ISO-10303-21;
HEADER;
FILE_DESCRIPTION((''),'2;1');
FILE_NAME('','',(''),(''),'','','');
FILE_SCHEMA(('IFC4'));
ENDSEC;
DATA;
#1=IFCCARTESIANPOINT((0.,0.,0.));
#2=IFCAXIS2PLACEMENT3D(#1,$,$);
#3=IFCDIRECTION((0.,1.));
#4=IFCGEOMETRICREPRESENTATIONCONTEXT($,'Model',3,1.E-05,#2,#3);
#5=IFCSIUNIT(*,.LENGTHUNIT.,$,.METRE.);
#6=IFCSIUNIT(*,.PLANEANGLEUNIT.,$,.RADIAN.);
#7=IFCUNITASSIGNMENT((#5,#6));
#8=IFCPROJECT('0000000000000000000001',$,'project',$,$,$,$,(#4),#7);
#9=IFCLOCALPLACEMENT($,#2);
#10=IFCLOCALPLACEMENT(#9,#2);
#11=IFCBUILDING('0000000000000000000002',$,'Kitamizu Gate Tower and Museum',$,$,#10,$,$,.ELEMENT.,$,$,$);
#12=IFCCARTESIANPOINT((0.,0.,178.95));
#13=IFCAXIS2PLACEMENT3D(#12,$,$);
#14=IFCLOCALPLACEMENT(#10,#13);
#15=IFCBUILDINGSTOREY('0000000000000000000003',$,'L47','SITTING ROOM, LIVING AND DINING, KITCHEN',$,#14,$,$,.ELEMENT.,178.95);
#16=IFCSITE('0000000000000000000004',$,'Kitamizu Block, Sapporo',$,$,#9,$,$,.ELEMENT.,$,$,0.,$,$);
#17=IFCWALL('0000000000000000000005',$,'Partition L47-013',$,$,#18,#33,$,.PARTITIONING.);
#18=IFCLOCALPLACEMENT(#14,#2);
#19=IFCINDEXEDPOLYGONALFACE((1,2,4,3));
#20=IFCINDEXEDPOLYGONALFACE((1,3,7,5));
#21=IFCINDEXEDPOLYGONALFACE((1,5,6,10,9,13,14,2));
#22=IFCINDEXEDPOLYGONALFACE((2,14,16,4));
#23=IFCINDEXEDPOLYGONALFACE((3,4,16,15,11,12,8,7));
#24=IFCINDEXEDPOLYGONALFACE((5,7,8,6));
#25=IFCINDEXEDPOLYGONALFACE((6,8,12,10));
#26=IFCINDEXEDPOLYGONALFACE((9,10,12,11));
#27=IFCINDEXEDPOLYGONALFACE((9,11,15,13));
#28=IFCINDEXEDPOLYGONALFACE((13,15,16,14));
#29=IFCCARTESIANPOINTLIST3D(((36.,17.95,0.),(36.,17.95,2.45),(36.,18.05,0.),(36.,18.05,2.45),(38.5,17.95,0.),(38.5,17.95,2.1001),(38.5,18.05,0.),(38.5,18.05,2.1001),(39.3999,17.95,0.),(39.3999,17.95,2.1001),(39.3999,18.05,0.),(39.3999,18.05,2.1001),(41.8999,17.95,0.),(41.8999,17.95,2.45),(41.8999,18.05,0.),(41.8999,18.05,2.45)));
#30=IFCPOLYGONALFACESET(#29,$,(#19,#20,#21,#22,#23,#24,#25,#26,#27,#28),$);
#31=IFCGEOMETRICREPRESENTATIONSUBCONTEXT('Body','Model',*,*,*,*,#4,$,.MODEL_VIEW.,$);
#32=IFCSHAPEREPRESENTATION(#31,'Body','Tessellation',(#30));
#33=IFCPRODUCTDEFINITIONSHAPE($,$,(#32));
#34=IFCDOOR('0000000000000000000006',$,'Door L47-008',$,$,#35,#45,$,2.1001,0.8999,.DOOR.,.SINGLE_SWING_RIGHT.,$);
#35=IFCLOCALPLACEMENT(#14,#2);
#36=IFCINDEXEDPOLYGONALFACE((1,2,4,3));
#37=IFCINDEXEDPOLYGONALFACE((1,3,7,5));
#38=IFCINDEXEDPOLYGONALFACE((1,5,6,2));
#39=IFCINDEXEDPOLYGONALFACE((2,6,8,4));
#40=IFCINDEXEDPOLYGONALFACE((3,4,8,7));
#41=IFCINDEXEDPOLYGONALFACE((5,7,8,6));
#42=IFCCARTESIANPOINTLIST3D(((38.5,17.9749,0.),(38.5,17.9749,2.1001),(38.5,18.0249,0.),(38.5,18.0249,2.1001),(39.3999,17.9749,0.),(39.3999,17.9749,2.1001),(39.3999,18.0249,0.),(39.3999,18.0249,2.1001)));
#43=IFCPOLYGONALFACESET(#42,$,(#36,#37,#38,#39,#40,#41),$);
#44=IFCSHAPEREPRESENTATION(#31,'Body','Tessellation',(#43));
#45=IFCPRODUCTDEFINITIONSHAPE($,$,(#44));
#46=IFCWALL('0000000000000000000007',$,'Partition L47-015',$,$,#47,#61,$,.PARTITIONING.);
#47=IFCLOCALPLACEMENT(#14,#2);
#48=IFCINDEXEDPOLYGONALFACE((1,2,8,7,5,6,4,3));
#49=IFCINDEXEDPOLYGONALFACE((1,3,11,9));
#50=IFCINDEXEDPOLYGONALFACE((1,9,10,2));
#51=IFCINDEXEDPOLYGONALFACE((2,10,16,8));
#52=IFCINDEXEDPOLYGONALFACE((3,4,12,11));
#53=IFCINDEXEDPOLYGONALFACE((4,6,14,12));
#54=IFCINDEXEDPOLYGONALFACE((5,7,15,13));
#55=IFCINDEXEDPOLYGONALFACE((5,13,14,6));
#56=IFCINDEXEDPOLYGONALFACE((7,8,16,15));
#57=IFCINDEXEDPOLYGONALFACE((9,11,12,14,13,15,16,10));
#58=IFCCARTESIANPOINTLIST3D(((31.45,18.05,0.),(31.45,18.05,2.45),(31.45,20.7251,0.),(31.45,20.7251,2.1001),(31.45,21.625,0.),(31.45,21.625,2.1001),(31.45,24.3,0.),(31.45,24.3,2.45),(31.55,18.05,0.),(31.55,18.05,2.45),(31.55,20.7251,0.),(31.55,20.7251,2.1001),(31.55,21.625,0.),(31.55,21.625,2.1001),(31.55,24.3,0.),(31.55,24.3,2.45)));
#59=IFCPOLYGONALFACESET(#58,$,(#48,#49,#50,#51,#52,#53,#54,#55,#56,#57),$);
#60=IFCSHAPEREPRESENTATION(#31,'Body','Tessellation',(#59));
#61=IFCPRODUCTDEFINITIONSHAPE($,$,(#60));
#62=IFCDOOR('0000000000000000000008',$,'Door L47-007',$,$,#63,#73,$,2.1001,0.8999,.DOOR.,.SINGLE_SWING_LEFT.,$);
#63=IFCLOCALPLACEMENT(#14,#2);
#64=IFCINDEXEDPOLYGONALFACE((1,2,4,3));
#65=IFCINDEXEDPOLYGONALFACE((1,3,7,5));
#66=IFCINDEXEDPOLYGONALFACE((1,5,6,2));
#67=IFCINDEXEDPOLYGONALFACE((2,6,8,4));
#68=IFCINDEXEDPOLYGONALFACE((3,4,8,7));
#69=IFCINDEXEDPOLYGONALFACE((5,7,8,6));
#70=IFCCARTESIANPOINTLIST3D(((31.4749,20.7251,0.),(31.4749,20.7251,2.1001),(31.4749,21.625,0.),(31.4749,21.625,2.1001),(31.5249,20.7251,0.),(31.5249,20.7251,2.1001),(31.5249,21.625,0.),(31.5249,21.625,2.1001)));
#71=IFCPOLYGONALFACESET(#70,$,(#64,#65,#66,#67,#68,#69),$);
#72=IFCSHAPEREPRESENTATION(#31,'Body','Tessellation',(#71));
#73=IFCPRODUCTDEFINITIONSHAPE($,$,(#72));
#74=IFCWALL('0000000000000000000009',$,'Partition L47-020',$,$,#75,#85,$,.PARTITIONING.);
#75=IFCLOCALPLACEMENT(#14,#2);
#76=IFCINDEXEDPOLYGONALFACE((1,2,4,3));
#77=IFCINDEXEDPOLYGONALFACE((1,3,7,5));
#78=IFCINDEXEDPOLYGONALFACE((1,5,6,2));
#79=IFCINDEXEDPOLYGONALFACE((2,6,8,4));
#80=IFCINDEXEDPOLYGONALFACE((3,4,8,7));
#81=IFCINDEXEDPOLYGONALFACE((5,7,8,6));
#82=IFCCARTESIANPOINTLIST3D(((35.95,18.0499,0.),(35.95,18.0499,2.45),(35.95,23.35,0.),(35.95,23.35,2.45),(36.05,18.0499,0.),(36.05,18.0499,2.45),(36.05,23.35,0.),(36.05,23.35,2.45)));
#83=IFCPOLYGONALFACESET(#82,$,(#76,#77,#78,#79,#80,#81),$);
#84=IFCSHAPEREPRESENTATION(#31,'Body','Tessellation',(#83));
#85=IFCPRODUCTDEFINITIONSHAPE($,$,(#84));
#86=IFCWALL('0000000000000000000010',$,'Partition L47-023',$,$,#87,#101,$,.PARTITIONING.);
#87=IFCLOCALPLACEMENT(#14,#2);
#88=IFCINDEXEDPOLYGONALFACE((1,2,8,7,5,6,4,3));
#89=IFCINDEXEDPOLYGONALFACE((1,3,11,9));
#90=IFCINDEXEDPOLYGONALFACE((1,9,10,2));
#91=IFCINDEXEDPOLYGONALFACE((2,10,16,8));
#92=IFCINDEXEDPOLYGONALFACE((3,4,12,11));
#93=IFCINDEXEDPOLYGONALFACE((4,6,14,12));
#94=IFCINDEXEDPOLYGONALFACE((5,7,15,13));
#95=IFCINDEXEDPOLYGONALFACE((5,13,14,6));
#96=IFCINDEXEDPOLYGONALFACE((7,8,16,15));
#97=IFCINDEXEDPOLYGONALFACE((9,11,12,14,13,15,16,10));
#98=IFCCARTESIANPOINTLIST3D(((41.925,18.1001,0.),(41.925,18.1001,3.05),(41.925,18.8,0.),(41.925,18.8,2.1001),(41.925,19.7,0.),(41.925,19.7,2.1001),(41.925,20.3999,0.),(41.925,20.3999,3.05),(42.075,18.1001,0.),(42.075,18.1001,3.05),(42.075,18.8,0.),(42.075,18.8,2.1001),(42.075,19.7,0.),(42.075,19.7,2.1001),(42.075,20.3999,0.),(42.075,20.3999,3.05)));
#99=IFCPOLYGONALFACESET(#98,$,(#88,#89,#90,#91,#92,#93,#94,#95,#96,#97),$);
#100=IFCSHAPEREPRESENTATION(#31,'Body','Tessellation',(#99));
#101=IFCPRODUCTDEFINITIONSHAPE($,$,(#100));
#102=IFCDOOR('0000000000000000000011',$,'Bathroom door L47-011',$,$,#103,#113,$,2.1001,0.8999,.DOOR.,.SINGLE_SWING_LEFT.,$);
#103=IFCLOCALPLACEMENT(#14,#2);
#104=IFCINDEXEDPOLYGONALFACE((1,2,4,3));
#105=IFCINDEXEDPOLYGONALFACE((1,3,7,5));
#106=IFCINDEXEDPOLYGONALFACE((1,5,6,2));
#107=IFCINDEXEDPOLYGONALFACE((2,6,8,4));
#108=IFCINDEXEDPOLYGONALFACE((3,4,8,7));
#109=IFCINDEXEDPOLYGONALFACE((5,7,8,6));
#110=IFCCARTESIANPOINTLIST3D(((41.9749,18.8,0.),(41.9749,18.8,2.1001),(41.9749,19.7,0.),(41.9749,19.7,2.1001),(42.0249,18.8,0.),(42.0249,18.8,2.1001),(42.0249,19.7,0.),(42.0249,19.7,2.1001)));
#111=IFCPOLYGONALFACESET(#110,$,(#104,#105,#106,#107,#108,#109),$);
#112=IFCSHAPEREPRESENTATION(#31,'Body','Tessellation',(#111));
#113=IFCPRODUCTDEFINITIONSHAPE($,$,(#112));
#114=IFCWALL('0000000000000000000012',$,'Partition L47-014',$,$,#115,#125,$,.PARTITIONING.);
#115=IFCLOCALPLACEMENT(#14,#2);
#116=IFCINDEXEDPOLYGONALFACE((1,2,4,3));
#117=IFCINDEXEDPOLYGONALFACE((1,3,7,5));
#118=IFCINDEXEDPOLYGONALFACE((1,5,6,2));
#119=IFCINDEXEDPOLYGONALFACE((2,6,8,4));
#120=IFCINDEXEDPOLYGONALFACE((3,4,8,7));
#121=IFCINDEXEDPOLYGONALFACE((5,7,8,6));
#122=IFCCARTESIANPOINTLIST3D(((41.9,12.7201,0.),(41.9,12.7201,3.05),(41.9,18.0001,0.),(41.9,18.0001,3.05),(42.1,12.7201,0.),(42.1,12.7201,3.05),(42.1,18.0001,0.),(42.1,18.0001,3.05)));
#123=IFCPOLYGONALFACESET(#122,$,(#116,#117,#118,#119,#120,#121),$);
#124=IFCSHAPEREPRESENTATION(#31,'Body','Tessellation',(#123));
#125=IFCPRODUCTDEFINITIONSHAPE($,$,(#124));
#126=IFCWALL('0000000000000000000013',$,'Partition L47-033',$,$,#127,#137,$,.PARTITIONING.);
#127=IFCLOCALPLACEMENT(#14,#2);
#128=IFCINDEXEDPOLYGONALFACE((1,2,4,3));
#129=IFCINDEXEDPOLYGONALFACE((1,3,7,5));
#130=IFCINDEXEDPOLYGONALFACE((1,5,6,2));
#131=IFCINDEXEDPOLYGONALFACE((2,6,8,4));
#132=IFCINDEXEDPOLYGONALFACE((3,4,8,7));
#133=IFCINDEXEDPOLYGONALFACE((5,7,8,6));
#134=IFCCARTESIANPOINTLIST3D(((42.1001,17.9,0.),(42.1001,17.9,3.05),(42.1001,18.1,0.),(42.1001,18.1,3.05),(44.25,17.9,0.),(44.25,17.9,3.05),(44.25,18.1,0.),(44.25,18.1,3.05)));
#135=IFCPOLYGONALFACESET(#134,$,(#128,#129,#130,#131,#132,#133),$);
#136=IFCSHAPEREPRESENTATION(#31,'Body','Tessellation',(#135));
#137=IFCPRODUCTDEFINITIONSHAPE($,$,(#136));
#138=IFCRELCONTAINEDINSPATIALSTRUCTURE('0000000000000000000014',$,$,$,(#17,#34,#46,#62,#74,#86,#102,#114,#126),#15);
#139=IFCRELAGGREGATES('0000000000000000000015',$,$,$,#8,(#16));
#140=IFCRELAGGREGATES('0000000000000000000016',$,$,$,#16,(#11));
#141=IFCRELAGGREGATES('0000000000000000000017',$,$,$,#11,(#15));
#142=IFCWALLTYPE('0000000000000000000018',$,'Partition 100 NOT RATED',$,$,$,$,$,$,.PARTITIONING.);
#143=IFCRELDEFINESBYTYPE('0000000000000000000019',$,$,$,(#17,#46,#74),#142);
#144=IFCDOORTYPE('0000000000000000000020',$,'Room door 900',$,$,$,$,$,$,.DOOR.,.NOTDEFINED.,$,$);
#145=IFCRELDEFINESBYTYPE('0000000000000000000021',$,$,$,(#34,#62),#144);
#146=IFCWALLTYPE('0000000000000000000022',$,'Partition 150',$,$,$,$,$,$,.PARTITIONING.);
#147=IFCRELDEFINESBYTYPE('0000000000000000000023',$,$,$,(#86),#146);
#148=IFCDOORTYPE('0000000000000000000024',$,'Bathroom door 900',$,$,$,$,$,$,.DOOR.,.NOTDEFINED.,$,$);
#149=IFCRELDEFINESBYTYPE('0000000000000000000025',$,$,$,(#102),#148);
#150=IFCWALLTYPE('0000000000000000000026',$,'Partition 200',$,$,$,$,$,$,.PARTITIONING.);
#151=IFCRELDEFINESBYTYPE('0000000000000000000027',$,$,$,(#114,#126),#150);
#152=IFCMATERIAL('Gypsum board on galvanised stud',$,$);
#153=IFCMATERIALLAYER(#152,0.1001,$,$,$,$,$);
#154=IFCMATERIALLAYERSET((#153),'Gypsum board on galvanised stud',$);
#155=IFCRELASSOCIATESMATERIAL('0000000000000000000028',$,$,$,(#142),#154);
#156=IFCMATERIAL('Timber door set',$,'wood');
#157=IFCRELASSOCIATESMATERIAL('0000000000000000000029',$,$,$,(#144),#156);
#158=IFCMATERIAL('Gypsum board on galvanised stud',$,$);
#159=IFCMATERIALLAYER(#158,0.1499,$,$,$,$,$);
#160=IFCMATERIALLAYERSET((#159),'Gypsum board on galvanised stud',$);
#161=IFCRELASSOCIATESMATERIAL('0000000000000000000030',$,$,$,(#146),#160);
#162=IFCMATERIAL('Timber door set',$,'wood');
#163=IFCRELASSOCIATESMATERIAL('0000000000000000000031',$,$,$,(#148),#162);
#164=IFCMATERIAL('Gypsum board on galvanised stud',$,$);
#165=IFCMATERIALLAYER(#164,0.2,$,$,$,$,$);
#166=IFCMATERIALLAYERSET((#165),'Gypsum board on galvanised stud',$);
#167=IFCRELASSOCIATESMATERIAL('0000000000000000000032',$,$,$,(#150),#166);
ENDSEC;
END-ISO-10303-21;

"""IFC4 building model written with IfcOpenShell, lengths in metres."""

from ifc_helpers import new_model, si_unit, direction, frame, frame_2d, origin, place, context, subcontext, project, spatial, rectangle, extrude, material, layer, layer_set, type_object, element, fill, save


model = new_model("IFC4")

# Units and contexts
model_context = context("Model", 3, precision=1e-05, world=origin(), true_north=direction((0.0, 1.0)))
body_context = subcontext(model_context, "Body", "Model", "MODEL_VIEW")
ifc_project = project(units=[si_unit("LENGTHUNIT", "METRE"), si_unit("PLANEANGLEUNIT", "RADIAN")], contexts=[model_context])

# Site, building, storey
site_placement = place(None, origin())
site = spatial("IfcSite", under=ifc_project, at=site_placement, Name="Kitamizu Block, Sapporo", CompositionType="ELEMENT", RefElevation=0.0)
building_placement = place(site_placement, origin())
building = spatial("IfcBuilding", under=site, at=building_placement, Name="Kitamizu Gate Tower and Museum", CompositionType="ELEMENT")
storey_placement = place(building_placement, frame((0.0, 0.0, 178.95)))
storey = spatial("IfcBuildingStorey", under=building, at=storey_placement, Name="L47", Description="SITTING ROOM, LIVING AND DINING, KITCHEN", CompositionType="ELEMENT", Elevation=178.95)

# Shared definitions
ifc_material_1 = material(Name="Gypsum board on galvanised stud")
ifc_layer_1 = layer(ifc_material_1, 0.1001)
ifc_layer_set_1 = layer_set([ifc_layer_1], Name="Gypsum board on galvanised stud")
wall_type_1 = type_object("IfcWallType", Name="Partition 100 NOT RATED", PredefinedType="PARTITIONING", material=ifc_layer_set_1)
ifc_material_2 = material(Name="Timber door set", Category="wood")
door_type_1 = type_object("IfcDoorType", Name="Room door 900", OperationType="NOTDEFINED", PredefinedType="DOOR", material=ifc_material_2)

# Walls, openings, doors
wall_1_placement = place(storey_placement, frame((41.8999, 18.0, 0.0), z_axis=(0.0, 0.0, 1.0), x_axis=(-1.0, 0.0, 0.0)))
wall_1 = element("IfcWall", 1, at=wall_1_placement, inside=storey, type_object=wall_type_1, Name="Partition L47-013", PredefinedType="PARTITIONING", context=body_context, shape_type="SweptSolid", body=[
    extrude(rectangle(XDim=5.8999, YDim=0.1001, at=frame_2d((2.95, 0.0))), origin(), (0.0, 0.0, 1.0), 2.45),
])
opening_1_placement = place(wall_1_placement, frame((2.5, 0.0, 0.0)))
opening_1 = element("IfcOpeningElement", 2, at=opening_1_placement, cuts=wall_1, PredefinedType="OPENING", context=body_context, shape_type="SweptSolid", body=[
    extrude(rectangle(XDim=0.8999, YDim=2.1001, at=frame_2d((0.45, 1.05))), frame((0.0, 0.0601, 0.0), z_axis=(0.0, -1.0, 0.0), x_axis=(1.0, 0.0, 0.0)), (0.0, 0.0, 1.0), 0.1201),
])
door_1_placement = place(opening_1_placement, frame((0.8999, 0.0, 0.0), x_axis=(-1.0, 0.0, 0.0)))
door_1 = element("IfcDoor", 3, at=door_1_placement, inside=storey, type_object=door_type_1, Name="Door L47-008", OperationType="SINGLE_SWING_RIGHT", OverallHeight=2.1001, OverallWidth=0.8999, PredefinedType="DOOR", context=body_context, shape_type="SweptSolid", body=[
    extrude(rectangle(XDim=0.8999, YDim=2.1001, at=frame_2d((0.45, 1.05))), frame((0.0, 0.0249, 0.0), z_axis=(0.0, -1.0, 0.0), x_axis=(1.0, 0.0, 0.0)), (0.0, 0.0, 1.0), 0.05),
])
fill(opening_1, door_1)
wall_2_placement = place(storey_placement, frame((31.5, 18.05, 0.0), z_axis=(0.0, 0.0, 1.0), x_axis=(0.0, 1.0, 0.0)))
wall_2 = element("IfcWall", 4, at=wall_2_placement, inside=storey, type_object=wall_type_1, Name="Partition L47-015", PredefinedType="PARTITIONING", context=body_context, shape_type="SweptSolid", body=[
    extrude(rectangle(XDim=6.25, YDim=0.1001, at=frame_2d((3.125, 0.0))), origin(), (0.0, 0.0, 1.0), 2.45),
])
opening_2_placement = place(wall_2_placement, frame((2.675, 0.0, 0.0)))
opening_2 = element("IfcOpeningElement", 5, at=opening_2_placement, cuts=wall_2, PredefinedType="OPENING", context=body_context, shape_type="SweptSolid", body=[
    extrude(rectangle(XDim=0.8999, YDim=2.1001, at=frame_2d((0.45, 1.05))), frame((0.0, 0.0601, 0.0), z_axis=(0.0, -1.0, 0.0), x_axis=(1.0, 0.0, 0.0)), (0.0, 0.0, 1.0), 0.1201),
])
door_2_placement = place(opening_2_placement, frame((0.8999, 0.0, 0.0), x_axis=(-1.0, 0.0, 0.0)))
door_2 = element("IfcDoor", 6, at=door_2_placement, inside=storey, type_object=door_type_1, Name="Door L47-007", OperationType="SINGLE_SWING_LEFT", OverallHeight=2.1001, OverallWidth=0.8999, PredefinedType="DOOR", context=body_context, shape_type="SweptSolid", body=[
    extrude(rectangle(XDim=0.8999, YDim=2.1001, at=frame_2d((0.45, 1.05))), frame((0.0, 0.0249, 0.0), z_axis=(0.0, -1.0, 0.0), x_axis=(1.0, 0.0, 0.0)), (0.0, 0.0, 1.0), 0.05),
])
fill(opening_2, door_2)

# Wall
wall_3_placement = place(storey_placement, frame((36.0, 18.05, 0.0), z_axis=(0.0, 0.0, 1.0), x_axis=(0.0, 1.0, 0.0)))
element("IfcWall", 7, at=wall_3_placement, inside=storey, type_object=wall_type_1, Name="Partition L47-020", PredefinedType="PARTITIONING", context=body_context, shape_type="SweptSolid", body=[
    extrude(rectangle(XDim=5.3, YDim=0.1001, at=frame_2d((2.6499, 0.0))), origin(), (0.0, 0.0, 1.0), 2.45),
])

# Wall, opening, door
ifc_material_3 = material(Name="Gypsum board on galvanised stud")
ifc_layer_2 = layer(ifc_material_3, 0.1499)
ifc_layer_set_2 = layer_set([ifc_layer_2], Name="Gypsum board on galvanised stud")
wall_type_2 = type_object("IfcWallType", Name="Partition 150", PredefinedType="PARTITIONING", material=ifc_layer_set_2)
wall_4_placement = place(storey_placement, frame((42.0, 18.1001, 0.0), z_axis=(0.0, 0.0, 1.0), x_axis=(0.0, 1.0, 0.0)))
wall_4 = element("IfcWall", 8, at=wall_4_placement, inside=storey, type_object=wall_type_2, Name="Partition L47-023", PredefinedType="PARTITIONING", context=body_context, shape_type="SweptSolid", body=[
    extrude(rectangle(XDim=2.2998, YDim=0.1499, at=frame_2d((1.1499, 0.0))), origin(), (0.0, 0.0, 1.0), 3.05),
])
opening_3_placement = place(wall_4_placement, frame((0.7, 0.0, 0.0)))
opening_3 = element("IfcOpeningElement", 9, at=opening_3_placement, cuts=wall_4, PredefinedType="OPENING", context=body_context, shape_type="SweptSolid", body=[
    extrude(rectangle(XDim=0.8999, YDim=2.1001, at=frame_2d((0.45, 1.05))), frame((0.0, 0.085, 0.0), z_axis=(0.0, -1.0, 0.0), x_axis=(1.0, 0.0, 0.0)), (0.0, 0.0, 1.0), 0.1699),
])
ifc_material_4 = material(Name="Timber door set", Category="wood")
door_type_2 = type_object("IfcDoorType", Name="Bathroom door 900", OperationType="NOTDEFINED", PredefinedType="DOOR", material=ifc_material_4)
door_3_placement = place(opening_3_placement, frame((0.8999, 0.0, 0.0), x_axis=(-1.0, 0.0, 0.0)))
door_3 = element("IfcDoor", 10, at=door_3_placement, inside=storey, type_object=door_type_2, Name="Bathroom door L47-011", OperationType="SINGLE_SWING_LEFT", OverallHeight=2.1001, OverallWidth=0.8999, PredefinedType="DOOR", context=body_context, shape_type="SweptSolid", body=[
    extrude(rectangle(XDim=0.8999, YDim=2.1001, at=frame_2d((0.45, 1.05))), frame((0.0, 0.0249, 0.0), z_axis=(0.0, -1.0, 0.0), x_axis=(1.0, 0.0, 0.0)), (0.0, 0.0, 1.0), 0.05),
])
fill(opening_3, door_3)

# Walls
ifc_material_5 = material(Name="Gypsum board on galvanised stud")
ifc_layer_3 = layer(ifc_material_5, 0.2)
ifc_layer_set_3 = layer_set([ifc_layer_3], Name="Gypsum board on galvanised stud")
wall_type_3 = type_object("IfcWallType", Name="Partition 200", PredefinedType="PARTITIONING", material=ifc_layer_set_3)
wall_5_placement = place(storey_placement, frame((42.0, 12.72, 0.0), z_axis=(0.0, 0.0, 1.0), x_axis=(0.0, 1.0, 0.0)))
element("IfcWall", 11, at=wall_5_placement, inside=storey, type_object=wall_type_3, Name="Partition L47-014", PredefinedType="PARTITIONING", context=body_context, shape_type="SweptSolid", body=[
    extrude(rectangle(XDim=5.28, YDim=0.2, at=frame_2d((2.6401, 0.0))), origin(), (0.0, 0.0, 1.0), 3.05),
])
wall_6_placement = place(storey_placement, frame((42.1001, 18.0, 0.0), z_axis=(0.0, 0.0, 1.0), x_axis=(1.0, 0.0, 0.0)))
element("IfcWall", 12, at=wall_6_placement, inside=storey, type_object=wall_type_3, Name="Partition L47-033", PredefinedType="PARTITIONING", context=body_context, shape_type="SweptSolid", body=[
    extrude(rectangle(XDim=2.1499, YDim=0.2, at=frame_2d((1.075, 0.0))), origin(), (0.0, 0.0, 1.0), 3.05),
])

save(model, "model.ifc")
